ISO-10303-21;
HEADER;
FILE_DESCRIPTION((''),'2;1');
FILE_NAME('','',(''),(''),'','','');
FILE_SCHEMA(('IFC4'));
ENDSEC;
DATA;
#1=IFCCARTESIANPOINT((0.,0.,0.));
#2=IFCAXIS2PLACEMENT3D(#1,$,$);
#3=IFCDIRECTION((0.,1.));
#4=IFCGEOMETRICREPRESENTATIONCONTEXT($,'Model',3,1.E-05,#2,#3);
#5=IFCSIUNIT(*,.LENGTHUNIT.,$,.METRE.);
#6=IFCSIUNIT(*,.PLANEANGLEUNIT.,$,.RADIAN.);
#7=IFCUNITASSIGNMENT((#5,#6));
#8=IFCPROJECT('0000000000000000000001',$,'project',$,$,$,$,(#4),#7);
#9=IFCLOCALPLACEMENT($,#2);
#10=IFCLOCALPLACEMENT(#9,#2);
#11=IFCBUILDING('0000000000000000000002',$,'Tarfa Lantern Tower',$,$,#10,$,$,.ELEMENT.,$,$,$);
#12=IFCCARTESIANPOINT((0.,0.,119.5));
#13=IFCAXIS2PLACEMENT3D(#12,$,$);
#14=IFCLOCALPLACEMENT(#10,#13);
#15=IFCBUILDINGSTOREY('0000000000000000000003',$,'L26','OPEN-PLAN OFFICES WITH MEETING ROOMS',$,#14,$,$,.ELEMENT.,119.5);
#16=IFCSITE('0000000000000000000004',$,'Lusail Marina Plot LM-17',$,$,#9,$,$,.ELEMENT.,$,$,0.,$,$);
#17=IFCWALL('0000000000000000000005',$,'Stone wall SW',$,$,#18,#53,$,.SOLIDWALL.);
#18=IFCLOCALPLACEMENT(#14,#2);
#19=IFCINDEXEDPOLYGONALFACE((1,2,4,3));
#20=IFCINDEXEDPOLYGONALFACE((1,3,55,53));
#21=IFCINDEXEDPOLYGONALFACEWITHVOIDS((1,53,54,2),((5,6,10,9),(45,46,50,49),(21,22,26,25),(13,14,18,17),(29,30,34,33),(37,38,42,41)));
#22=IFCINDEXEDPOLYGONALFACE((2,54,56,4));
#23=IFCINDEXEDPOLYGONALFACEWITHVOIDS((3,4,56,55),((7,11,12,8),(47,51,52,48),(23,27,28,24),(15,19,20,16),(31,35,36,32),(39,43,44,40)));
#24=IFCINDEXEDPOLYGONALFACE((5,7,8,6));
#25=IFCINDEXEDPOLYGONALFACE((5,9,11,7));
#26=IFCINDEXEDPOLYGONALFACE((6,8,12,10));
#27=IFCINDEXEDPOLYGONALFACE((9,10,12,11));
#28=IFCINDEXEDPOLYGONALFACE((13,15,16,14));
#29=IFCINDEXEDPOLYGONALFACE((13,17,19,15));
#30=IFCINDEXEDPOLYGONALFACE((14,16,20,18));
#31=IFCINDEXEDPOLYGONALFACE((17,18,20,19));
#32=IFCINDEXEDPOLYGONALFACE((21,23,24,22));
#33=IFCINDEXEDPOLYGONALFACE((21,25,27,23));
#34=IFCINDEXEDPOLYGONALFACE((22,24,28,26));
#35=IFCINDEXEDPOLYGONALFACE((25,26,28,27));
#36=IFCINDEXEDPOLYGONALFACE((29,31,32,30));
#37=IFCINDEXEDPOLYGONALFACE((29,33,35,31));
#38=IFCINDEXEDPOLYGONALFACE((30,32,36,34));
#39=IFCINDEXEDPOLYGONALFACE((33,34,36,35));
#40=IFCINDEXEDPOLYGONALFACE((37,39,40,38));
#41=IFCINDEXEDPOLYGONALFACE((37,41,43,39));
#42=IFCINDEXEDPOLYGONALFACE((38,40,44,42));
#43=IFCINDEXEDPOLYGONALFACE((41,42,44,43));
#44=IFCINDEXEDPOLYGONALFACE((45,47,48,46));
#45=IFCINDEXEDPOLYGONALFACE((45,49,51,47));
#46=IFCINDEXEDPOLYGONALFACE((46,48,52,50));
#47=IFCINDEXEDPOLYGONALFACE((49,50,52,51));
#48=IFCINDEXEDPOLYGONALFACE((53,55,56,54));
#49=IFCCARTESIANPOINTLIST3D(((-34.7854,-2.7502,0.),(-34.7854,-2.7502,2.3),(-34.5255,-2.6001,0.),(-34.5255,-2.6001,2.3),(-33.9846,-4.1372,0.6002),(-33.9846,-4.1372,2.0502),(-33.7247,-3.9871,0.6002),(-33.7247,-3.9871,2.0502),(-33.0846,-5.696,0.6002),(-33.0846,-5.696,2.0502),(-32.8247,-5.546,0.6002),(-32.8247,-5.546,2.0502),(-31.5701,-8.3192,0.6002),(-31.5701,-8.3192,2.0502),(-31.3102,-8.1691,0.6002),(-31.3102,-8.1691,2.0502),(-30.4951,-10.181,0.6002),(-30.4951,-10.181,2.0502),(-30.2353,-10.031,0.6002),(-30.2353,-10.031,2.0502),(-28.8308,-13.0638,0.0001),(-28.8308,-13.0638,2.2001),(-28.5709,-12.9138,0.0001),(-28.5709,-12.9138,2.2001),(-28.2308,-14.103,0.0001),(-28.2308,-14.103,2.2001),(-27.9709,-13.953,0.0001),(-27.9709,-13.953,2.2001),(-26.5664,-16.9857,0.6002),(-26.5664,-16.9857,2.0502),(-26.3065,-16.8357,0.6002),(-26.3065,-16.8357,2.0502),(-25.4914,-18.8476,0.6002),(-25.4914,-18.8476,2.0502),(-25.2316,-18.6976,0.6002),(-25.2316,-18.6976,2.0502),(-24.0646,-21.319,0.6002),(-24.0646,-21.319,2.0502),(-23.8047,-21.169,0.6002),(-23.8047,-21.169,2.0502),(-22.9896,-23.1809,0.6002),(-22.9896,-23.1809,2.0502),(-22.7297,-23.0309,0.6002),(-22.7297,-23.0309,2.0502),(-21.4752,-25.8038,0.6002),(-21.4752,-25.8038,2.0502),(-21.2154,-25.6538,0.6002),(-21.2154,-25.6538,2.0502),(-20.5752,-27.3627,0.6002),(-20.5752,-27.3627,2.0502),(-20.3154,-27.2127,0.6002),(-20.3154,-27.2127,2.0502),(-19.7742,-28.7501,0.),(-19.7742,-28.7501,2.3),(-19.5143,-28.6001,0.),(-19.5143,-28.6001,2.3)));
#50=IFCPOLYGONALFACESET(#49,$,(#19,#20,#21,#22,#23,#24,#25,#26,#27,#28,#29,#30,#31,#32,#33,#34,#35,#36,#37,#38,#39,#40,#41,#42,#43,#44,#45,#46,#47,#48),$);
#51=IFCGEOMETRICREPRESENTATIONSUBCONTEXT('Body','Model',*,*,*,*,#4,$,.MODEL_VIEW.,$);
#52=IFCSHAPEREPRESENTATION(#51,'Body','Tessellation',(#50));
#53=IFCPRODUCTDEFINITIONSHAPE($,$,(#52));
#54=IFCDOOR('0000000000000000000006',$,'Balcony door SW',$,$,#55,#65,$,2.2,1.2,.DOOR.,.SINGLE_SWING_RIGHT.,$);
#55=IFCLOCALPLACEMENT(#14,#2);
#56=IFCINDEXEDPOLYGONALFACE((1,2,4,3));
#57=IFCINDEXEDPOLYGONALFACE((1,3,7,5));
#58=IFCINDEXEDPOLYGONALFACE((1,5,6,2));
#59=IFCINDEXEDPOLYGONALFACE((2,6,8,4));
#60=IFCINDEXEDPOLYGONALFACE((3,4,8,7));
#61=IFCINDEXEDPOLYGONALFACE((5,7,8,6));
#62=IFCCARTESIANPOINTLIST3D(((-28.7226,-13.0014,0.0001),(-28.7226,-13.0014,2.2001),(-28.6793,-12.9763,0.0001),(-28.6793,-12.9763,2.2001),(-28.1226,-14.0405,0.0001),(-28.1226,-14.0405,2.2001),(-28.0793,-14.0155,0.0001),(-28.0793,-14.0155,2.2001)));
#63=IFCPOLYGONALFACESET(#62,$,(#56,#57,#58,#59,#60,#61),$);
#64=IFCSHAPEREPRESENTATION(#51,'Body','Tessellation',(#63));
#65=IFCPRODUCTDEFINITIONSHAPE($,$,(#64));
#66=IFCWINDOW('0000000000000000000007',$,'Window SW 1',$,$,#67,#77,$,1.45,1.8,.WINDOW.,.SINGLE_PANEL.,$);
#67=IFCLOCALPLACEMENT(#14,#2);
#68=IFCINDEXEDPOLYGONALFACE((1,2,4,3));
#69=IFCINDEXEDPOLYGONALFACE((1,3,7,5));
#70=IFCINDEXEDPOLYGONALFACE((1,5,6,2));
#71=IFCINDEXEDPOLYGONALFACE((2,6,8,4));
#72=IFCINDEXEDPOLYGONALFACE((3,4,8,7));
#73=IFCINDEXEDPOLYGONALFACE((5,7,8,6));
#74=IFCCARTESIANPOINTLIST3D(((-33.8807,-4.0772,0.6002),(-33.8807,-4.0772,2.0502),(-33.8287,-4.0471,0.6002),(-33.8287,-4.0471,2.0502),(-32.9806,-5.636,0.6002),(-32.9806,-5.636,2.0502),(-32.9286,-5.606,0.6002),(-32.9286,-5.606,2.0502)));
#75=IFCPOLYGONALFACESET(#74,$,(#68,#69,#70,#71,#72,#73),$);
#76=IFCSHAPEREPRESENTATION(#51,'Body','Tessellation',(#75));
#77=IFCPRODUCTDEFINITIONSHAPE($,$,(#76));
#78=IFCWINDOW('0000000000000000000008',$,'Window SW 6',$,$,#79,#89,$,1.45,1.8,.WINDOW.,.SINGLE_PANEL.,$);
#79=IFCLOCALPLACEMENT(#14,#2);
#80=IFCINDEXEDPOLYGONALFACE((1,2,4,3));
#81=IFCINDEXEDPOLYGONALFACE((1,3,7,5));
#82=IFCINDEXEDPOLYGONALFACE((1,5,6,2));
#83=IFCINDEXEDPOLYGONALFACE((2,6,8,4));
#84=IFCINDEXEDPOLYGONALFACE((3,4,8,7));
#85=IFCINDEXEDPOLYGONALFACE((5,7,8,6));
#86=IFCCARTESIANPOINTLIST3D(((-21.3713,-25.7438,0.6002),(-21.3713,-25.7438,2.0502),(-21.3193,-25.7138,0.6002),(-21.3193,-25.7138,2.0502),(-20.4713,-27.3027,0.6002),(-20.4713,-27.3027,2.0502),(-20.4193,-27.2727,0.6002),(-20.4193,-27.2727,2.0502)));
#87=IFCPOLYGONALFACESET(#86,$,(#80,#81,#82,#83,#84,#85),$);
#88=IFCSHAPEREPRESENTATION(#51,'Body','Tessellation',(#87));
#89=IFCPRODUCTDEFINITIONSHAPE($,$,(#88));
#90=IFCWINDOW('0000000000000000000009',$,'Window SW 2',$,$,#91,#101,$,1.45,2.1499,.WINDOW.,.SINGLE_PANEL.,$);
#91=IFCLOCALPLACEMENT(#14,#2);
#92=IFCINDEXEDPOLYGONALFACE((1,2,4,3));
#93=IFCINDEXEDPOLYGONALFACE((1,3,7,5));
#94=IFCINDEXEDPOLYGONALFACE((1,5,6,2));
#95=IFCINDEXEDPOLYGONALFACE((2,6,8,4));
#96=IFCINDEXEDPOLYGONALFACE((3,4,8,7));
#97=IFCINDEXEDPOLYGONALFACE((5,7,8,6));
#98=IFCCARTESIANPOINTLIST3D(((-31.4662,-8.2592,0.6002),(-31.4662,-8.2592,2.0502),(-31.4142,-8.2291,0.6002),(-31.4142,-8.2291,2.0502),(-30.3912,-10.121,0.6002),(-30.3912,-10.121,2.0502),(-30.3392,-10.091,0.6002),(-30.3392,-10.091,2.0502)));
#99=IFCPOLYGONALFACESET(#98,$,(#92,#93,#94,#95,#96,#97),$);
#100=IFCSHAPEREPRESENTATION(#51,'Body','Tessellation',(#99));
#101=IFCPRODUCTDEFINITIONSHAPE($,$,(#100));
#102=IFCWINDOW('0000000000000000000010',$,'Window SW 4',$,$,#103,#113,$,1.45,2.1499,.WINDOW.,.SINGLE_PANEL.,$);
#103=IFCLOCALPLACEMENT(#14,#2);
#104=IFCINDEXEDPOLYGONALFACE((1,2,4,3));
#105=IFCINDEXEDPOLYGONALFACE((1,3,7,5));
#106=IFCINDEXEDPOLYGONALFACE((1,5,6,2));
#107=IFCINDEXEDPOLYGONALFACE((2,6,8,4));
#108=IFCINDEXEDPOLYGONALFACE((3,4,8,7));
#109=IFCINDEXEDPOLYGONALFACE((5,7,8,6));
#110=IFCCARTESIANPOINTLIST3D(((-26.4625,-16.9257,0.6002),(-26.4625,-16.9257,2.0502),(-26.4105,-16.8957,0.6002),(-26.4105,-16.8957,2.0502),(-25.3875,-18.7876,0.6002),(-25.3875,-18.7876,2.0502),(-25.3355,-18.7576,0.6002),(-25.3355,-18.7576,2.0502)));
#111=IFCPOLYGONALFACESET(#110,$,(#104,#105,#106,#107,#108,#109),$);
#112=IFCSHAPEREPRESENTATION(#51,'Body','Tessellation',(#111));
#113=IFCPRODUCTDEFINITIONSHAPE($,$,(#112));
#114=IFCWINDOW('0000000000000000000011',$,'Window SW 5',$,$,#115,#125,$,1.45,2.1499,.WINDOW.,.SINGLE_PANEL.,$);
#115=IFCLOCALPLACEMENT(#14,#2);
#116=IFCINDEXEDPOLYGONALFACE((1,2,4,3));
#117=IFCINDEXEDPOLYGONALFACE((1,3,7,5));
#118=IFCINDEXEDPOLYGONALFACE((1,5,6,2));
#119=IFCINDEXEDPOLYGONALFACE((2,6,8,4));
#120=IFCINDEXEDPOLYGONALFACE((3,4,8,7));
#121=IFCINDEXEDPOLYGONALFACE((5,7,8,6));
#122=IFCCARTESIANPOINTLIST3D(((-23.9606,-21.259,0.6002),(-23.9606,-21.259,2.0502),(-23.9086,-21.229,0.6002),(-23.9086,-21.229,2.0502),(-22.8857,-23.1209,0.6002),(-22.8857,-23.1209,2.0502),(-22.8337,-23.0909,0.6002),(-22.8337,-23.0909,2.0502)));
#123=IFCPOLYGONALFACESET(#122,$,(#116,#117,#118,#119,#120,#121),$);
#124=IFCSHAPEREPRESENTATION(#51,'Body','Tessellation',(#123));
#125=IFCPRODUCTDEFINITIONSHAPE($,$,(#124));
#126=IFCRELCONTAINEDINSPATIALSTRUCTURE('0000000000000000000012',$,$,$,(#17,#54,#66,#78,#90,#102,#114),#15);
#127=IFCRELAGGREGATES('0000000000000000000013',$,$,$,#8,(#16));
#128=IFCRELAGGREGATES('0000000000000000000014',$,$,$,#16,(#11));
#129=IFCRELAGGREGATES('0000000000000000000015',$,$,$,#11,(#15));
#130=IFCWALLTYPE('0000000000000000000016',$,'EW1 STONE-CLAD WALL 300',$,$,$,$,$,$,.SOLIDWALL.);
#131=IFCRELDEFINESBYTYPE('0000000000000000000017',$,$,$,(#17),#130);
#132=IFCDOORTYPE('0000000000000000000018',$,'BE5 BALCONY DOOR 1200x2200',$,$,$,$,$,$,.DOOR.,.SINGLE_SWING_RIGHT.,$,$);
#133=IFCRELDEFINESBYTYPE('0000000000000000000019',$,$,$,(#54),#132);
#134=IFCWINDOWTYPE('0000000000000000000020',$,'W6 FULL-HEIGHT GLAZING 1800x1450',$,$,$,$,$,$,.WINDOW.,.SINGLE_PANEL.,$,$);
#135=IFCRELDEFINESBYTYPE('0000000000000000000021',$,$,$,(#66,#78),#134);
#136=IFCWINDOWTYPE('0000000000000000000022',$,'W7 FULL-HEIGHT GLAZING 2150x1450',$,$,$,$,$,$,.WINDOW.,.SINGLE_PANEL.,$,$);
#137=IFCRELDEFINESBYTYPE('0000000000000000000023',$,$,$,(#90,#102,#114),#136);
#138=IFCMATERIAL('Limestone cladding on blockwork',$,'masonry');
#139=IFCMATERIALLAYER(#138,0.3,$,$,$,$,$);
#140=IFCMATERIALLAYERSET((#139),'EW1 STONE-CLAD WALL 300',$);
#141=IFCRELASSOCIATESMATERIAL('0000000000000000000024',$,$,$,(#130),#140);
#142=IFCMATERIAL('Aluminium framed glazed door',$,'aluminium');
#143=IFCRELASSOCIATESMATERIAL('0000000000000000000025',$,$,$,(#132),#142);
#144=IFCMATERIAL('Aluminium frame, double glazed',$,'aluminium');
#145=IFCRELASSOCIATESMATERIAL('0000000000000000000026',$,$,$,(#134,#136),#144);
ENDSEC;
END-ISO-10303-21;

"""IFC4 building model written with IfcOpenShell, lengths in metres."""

from ifc_helpers import new_model, si_unit, direction, frame, frame_2d, origin, place, context, subcontext, project, spatial, rectangle, extrude, material, layer, layer_set, type_object, element, fill, save


model = new_model("IFC4")

# Units and contexts
model_context = context("Model", 3, precision=1e-05, world=origin(), true_north=direction((0.0, 1.0)))
body_context = subcontext(model_context, "Body", "Model", "MODEL_VIEW")
ifc_project = project(units=[si_unit("LENGTHUNIT", "METRE"), si_unit("PLANEANGLEUNIT", "RADIAN")], contexts=[model_context])

# Site, building, storey
site_placement = place(None, origin())
site = spatial("IfcSite", under=ifc_project, at=site_placement, Name="Lusail Marina Plot LM-17", CompositionType="ELEMENT", RefElevation=0.0)
building_placement = place(site_placement, origin())
building = spatial("IfcBuilding", under=site, at=building_placement, Name="Tarfa Lantern Tower", CompositionType="ELEMENT")
storey_placement = place(building_placement, frame((0.0, 0.0, 119.5)))
storey = spatial("IfcBuildingStorey", under=building, at=storey_placement, Name="L26", Description="OPEN-PLAN OFFICES WITH MEETING ROOMS", CompositionType="ELEMENT", Elevation=119.5)

# Wall, openings, door, windows
ifc_material_1 = material(Name="Limestone cladding on blockwork", Category="masonry")
ifc_layer_1 = layer(ifc_material_1, 0.3)
ifc_layer_set_1 = layer_set([ifc_layer_1], Name="EW1 STONE-CLAD WALL 300")
wall_type = type_object("IfcWallType", Name="EW1 STONE-CLAD WALL 300", PredefinedType="SOLIDWALL", material=ifc_layer_set_1)
wall_placement = place(storey_placement, frame((-34.6555, -2.675, 0.0), z_axis=(0.0, 0.0, 1.0), x_axis=(0.500003, -0.866024, 0.0)))
wall = element("IfcWall", 1, at=wall_placement, inside=storey, type_object=wall_type, Name="Stone wall SW", PredefinedType="SOLIDWALL", context=body_context, shape_type="SweptSolid", body=[
    extrude(rectangle(XDim=30.0222, YDim=0.3, at=frame_2d((15.0112, 0.0))), origin(), (0.0, 0.0, 1.0), 2.3),
])
opening_1_placement = place(wall_placement, frame((1.6018, 0.0, 0.6001)))
opening_1 = element("IfcOpeningElement", 2, at=opening_1_placement, cuts=wall, PredefinedType="OPENING", context=body_context, shape_type="SweptSolid", body=[
    extrude(rectangle(XDim=1.8, YDim=1.45, at=frame_2d((0.8999, 0.7251))), frame((0.0, 0.1599, 0.0), z_axis=(0.0, -1.0, 0.0), x_axis=(1.0, 0.0, 0.0)), (0.0, 0.0, 1.0), 0.3201),
])
opening_2_placement = place(wall_placement, frame((6.4307, 0.0, 0.6001)))
opening_2 = element("IfcOpeningElement", 3, at=opening_2_placement, cuts=wall, PredefinedType="OPENING", context=body_context, shape_type="SweptSolid", body=[
    extrude(rectangle(XDim=2.1499, YDim=1.45, at=frame_2d((1.075, 0.7251))), frame((0.0, 0.1599, 0.0), z_axis=(0.0, -1.0, 0.0), x_axis=(1.0, 0.0, 0.0)), (0.0, 0.0, 1.0), 0.3201),
])
opening_3_placement = place(wall_placement, frame((11.9092, 0.0, 0.0)))
opening_3 = element("IfcOpeningElement", 4, at=opening_3_placement, cuts=wall, PredefinedType="OPENING", context=body_context, shape_type="SweptSolid", body=[
    extrude(rectangle(XDim=1.2, YDim=2.2, at=frame_2d((0.6001, 1.1001))), frame((0.0, 0.1599, 0.0), z_axis=(0.0, -1.0, 0.0), x_axis=(1.0, 0.0, 0.0)), (0.0, 0.0, 1.0), 0.3201),
])
opening_4_placement = place(wall_placement, frame((16.438, 0.0, 0.6001)))
opening_4 = element("IfcOpeningElement", 5, at=opening_4_placement, cuts=wall, PredefinedType="OPENING", context=body_context, shape_type="SweptSolid", body=[
    extrude(rectangle(XDim=2.1499, YDim=1.45, at=frame_2d((1.075, 0.7251))), frame((0.0, 0.1599, 0.0), z_axis=(0.0, -1.0, 0.0), x_axis=(1.0, 0.0, 0.0)), (0.0, 0.0, 1.0), 0.3201),
])
opening_5_placement = place(wall_placement, frame((21.4417, 0.0, 0.6001)))
opening_5 = element("IfcOpeningElement", 6, at=opening_5_placement, cuts=wall, PredefinedType="OPENING", context=body_context, shape_type="SweptSolid", body=[
    extrude(rectangle(XDim=2.1499, YDim=1.45, at=frame_2d((1.075, 0.7251))), frame((0.0, 0.1599, 0.0), z_axis=(0.0, -1.0, 0.0), x_axis=(1.0, 0.0, 0.0)), (0.0, 0.0, 1.0), 0.3201),
])
opening_6_placement = place(wall_placement, frame((26.6204, 0.0, 0.6001)))
opening_6 = element("IfcOpeningElement", 7, at=opening_6_placement, cuts=wall, PredefinedType="OPENING", context=body_context, shape_type="SweptSolid", body=[
    extrude(rectangle(XDim=1.8, YDim=1.45, at=frame_2d((0.8999, 0.7251))), frame((0.0, 0.1599, 0.0), z_axis=(0.0, -1.0, 0.0), x_axis=(1.0, 0.0, 0.0)), (0.0, 0.0, 1.0), 0.3201),
])
ifc_material_2 = material(Name="Aluminium framed glazed door", Category="aluminium")
door_type = type_object("IfcDoorType", Name="BE5 BALCONY DOOR 1200x2200", OperationType="SINGLE_SWING_RIGHT", PredefinedType="DOOR", material=ifc_material_2)
door_placement = place(opening_3_placement, origin())
door = element("IfcDoor", 8, at=door_placement, inside=storey, type_object=door_type, Name="Balcony door SW", OperationType="SINGLE_SWING_RIGHT", OverallHeight=2.2, OverallWidth=1.2, PredefinedType="DOOR", context=body_context, shape_type="SweptSolid", body=[
    extrude(rectangle(XDim=1.2, YDim=2.2, at=frame_2d((0.6001, 1.1001))), frame((0.0, 0.0249, 0.0), z_axis=(0.0, -1.0, 0.0), x_axis=(1.0, 0.0, 0.0)), (0.0, 0.0, 1.0), 0.05),
])
fill(opening_3, door)
ifc_material_3 = material(Name="Aluminium frame, double glazed", Category="aluminium")
window_type_1 = type_object("IfcWindowType", Name="W6 FULL-HEIGHT GLAZING 1800x1450", PartitioningType="SINGLE_PANEL", PredefinedType="WINDOW", material=ifc_material_3)
window_1_placement = place(opening_1_placement, origin())
window_1 = element("IfcWindow", 9, at=window_1_placement, inside=storey, type_object=window_type_1, Name="Window SW 1", OverallHeight=1.45, OverallWidth=1.8, PartitioningType="SINGLE_PANEL", PredefinedType="WINDOW", context=body_context, shape_type="SweptSolid", body=[
    extrude(rectangle(XDim=1.8, YDim=1.45, at=frame_2d((0.8999, 0.7251))), frame((0.0, 0.03, 0.0), z_axis=(0.0, -1.0, 0.0), x_axis=(1.0, 0.0, 0.0)), (0.0, 0.0, 1.0), 0.0601),
])
fill(opening_1, window_1)
window_2_placement = place(opening_6_placement, origin())
window_2 = element("IfcWindow", 10, at=window_2_placement, inside=storey, type_object=window_type_1, Name="Window SW 6", OverallHeight=1.45, OverallWidth=1.8, PartitioningType="SINGLE_PANEL", PredefinedType="WINDOW", context=body_context, shape_type="SweptSolid", body=[
    extrude(rectangle(XDim=1.8, YDim=1.45, at=frame_2d((0.8999, 0.7251))), frame((0.0, 0.03, 0.0), z_axis=(0.0, -1.0, 0.0), x_axis=(1.0, 0.0, 0.0)), (0.0, 0.0, 1.0), 0.0601),
])
fill(opening_6, window_2)
window_type_2 = type_object("IfcWindowType", Name="W7 FULL-HEIGHT GLAZING 2150x1450", PartitioningType="SINGLE_PANEL", PredefinedType="WINDOW", material=ifc_material_3)
window_3_placement = place(opening_2_placement, origin())
window_3 = element("IfcWindow", 11, at=window_3_placement, inside=storey, type_object=window_type_2, Name="Window SW 2", OverallHeight=1.45, OverallWidth=2.1499, PartitioningType="SINGLE_PANEL", PredefinedType="WINDOW", context=body_context, shape_type="SweptSolid", body=[
    extrude(rectangle(XDim=2.1499, YDim=1.45, at=frame_2d((1.075, 0.7251))), frame((0.0, 0.03, 0.0), z_axis=(0.0, -1.0, 0.0), x_axis=(1.0, 0.0, 0.0)), (0.0, 0.0, 1.0), 0.0601),
])
fill(opening_2, window_3)
window_4_placement = place(opening_4_placement, origin())
window_4 = element("IfcWindow", 12, at=window_4_placement, inside=storey, type_object=window_type_2, Name="Window SW 4", OverallHeight=1.45, OverallWidth=2.1499, PartitioningType="SINGLE_PANEL", PredefinedType="WINDOW", context=body_context, shape_type="SweptSolid", body=[
    extrude(rectangle(XDim=2.1499, YDim=1.45, at=frame_2d((1.075, 0.7251))), frame((0.0, 0.03, 0.0), z_axis=(0.0, -1.0, 0.0), x_axis=(1.0, 0.0, 0.0)), (0.0, 0.0, 1.0), 0.0601),
])
fill(opening_4, window_4)
window_5_placement = place(opening_5_placement, origin())
window_5 = element("IfcWindow", 13, at=window_5_placement, inside=storey, type_object=window_type_2, Name="Window SW 5", OverallHeight=1.45, OverallWidth=2.1499, PartitioningType="SINGLE_PANEL", PredefinedType="WINDOW", context=body_context, shape_type="SweptSolid", body=[
    extrude(rectangle(XDim=2.1499, YDim=1.45, at=frame_2d((1.075, 0.7251))), frame((0.0, 0.03, 0.0), z_axis=(0.0, -1.0, 0.0), x_axis=(1.0, 0.0, 0.0)), (0.0, 0.0, 1.0), 0.0601),
])
fill(opening_5, window_5)

save(model, "model.ifc")
